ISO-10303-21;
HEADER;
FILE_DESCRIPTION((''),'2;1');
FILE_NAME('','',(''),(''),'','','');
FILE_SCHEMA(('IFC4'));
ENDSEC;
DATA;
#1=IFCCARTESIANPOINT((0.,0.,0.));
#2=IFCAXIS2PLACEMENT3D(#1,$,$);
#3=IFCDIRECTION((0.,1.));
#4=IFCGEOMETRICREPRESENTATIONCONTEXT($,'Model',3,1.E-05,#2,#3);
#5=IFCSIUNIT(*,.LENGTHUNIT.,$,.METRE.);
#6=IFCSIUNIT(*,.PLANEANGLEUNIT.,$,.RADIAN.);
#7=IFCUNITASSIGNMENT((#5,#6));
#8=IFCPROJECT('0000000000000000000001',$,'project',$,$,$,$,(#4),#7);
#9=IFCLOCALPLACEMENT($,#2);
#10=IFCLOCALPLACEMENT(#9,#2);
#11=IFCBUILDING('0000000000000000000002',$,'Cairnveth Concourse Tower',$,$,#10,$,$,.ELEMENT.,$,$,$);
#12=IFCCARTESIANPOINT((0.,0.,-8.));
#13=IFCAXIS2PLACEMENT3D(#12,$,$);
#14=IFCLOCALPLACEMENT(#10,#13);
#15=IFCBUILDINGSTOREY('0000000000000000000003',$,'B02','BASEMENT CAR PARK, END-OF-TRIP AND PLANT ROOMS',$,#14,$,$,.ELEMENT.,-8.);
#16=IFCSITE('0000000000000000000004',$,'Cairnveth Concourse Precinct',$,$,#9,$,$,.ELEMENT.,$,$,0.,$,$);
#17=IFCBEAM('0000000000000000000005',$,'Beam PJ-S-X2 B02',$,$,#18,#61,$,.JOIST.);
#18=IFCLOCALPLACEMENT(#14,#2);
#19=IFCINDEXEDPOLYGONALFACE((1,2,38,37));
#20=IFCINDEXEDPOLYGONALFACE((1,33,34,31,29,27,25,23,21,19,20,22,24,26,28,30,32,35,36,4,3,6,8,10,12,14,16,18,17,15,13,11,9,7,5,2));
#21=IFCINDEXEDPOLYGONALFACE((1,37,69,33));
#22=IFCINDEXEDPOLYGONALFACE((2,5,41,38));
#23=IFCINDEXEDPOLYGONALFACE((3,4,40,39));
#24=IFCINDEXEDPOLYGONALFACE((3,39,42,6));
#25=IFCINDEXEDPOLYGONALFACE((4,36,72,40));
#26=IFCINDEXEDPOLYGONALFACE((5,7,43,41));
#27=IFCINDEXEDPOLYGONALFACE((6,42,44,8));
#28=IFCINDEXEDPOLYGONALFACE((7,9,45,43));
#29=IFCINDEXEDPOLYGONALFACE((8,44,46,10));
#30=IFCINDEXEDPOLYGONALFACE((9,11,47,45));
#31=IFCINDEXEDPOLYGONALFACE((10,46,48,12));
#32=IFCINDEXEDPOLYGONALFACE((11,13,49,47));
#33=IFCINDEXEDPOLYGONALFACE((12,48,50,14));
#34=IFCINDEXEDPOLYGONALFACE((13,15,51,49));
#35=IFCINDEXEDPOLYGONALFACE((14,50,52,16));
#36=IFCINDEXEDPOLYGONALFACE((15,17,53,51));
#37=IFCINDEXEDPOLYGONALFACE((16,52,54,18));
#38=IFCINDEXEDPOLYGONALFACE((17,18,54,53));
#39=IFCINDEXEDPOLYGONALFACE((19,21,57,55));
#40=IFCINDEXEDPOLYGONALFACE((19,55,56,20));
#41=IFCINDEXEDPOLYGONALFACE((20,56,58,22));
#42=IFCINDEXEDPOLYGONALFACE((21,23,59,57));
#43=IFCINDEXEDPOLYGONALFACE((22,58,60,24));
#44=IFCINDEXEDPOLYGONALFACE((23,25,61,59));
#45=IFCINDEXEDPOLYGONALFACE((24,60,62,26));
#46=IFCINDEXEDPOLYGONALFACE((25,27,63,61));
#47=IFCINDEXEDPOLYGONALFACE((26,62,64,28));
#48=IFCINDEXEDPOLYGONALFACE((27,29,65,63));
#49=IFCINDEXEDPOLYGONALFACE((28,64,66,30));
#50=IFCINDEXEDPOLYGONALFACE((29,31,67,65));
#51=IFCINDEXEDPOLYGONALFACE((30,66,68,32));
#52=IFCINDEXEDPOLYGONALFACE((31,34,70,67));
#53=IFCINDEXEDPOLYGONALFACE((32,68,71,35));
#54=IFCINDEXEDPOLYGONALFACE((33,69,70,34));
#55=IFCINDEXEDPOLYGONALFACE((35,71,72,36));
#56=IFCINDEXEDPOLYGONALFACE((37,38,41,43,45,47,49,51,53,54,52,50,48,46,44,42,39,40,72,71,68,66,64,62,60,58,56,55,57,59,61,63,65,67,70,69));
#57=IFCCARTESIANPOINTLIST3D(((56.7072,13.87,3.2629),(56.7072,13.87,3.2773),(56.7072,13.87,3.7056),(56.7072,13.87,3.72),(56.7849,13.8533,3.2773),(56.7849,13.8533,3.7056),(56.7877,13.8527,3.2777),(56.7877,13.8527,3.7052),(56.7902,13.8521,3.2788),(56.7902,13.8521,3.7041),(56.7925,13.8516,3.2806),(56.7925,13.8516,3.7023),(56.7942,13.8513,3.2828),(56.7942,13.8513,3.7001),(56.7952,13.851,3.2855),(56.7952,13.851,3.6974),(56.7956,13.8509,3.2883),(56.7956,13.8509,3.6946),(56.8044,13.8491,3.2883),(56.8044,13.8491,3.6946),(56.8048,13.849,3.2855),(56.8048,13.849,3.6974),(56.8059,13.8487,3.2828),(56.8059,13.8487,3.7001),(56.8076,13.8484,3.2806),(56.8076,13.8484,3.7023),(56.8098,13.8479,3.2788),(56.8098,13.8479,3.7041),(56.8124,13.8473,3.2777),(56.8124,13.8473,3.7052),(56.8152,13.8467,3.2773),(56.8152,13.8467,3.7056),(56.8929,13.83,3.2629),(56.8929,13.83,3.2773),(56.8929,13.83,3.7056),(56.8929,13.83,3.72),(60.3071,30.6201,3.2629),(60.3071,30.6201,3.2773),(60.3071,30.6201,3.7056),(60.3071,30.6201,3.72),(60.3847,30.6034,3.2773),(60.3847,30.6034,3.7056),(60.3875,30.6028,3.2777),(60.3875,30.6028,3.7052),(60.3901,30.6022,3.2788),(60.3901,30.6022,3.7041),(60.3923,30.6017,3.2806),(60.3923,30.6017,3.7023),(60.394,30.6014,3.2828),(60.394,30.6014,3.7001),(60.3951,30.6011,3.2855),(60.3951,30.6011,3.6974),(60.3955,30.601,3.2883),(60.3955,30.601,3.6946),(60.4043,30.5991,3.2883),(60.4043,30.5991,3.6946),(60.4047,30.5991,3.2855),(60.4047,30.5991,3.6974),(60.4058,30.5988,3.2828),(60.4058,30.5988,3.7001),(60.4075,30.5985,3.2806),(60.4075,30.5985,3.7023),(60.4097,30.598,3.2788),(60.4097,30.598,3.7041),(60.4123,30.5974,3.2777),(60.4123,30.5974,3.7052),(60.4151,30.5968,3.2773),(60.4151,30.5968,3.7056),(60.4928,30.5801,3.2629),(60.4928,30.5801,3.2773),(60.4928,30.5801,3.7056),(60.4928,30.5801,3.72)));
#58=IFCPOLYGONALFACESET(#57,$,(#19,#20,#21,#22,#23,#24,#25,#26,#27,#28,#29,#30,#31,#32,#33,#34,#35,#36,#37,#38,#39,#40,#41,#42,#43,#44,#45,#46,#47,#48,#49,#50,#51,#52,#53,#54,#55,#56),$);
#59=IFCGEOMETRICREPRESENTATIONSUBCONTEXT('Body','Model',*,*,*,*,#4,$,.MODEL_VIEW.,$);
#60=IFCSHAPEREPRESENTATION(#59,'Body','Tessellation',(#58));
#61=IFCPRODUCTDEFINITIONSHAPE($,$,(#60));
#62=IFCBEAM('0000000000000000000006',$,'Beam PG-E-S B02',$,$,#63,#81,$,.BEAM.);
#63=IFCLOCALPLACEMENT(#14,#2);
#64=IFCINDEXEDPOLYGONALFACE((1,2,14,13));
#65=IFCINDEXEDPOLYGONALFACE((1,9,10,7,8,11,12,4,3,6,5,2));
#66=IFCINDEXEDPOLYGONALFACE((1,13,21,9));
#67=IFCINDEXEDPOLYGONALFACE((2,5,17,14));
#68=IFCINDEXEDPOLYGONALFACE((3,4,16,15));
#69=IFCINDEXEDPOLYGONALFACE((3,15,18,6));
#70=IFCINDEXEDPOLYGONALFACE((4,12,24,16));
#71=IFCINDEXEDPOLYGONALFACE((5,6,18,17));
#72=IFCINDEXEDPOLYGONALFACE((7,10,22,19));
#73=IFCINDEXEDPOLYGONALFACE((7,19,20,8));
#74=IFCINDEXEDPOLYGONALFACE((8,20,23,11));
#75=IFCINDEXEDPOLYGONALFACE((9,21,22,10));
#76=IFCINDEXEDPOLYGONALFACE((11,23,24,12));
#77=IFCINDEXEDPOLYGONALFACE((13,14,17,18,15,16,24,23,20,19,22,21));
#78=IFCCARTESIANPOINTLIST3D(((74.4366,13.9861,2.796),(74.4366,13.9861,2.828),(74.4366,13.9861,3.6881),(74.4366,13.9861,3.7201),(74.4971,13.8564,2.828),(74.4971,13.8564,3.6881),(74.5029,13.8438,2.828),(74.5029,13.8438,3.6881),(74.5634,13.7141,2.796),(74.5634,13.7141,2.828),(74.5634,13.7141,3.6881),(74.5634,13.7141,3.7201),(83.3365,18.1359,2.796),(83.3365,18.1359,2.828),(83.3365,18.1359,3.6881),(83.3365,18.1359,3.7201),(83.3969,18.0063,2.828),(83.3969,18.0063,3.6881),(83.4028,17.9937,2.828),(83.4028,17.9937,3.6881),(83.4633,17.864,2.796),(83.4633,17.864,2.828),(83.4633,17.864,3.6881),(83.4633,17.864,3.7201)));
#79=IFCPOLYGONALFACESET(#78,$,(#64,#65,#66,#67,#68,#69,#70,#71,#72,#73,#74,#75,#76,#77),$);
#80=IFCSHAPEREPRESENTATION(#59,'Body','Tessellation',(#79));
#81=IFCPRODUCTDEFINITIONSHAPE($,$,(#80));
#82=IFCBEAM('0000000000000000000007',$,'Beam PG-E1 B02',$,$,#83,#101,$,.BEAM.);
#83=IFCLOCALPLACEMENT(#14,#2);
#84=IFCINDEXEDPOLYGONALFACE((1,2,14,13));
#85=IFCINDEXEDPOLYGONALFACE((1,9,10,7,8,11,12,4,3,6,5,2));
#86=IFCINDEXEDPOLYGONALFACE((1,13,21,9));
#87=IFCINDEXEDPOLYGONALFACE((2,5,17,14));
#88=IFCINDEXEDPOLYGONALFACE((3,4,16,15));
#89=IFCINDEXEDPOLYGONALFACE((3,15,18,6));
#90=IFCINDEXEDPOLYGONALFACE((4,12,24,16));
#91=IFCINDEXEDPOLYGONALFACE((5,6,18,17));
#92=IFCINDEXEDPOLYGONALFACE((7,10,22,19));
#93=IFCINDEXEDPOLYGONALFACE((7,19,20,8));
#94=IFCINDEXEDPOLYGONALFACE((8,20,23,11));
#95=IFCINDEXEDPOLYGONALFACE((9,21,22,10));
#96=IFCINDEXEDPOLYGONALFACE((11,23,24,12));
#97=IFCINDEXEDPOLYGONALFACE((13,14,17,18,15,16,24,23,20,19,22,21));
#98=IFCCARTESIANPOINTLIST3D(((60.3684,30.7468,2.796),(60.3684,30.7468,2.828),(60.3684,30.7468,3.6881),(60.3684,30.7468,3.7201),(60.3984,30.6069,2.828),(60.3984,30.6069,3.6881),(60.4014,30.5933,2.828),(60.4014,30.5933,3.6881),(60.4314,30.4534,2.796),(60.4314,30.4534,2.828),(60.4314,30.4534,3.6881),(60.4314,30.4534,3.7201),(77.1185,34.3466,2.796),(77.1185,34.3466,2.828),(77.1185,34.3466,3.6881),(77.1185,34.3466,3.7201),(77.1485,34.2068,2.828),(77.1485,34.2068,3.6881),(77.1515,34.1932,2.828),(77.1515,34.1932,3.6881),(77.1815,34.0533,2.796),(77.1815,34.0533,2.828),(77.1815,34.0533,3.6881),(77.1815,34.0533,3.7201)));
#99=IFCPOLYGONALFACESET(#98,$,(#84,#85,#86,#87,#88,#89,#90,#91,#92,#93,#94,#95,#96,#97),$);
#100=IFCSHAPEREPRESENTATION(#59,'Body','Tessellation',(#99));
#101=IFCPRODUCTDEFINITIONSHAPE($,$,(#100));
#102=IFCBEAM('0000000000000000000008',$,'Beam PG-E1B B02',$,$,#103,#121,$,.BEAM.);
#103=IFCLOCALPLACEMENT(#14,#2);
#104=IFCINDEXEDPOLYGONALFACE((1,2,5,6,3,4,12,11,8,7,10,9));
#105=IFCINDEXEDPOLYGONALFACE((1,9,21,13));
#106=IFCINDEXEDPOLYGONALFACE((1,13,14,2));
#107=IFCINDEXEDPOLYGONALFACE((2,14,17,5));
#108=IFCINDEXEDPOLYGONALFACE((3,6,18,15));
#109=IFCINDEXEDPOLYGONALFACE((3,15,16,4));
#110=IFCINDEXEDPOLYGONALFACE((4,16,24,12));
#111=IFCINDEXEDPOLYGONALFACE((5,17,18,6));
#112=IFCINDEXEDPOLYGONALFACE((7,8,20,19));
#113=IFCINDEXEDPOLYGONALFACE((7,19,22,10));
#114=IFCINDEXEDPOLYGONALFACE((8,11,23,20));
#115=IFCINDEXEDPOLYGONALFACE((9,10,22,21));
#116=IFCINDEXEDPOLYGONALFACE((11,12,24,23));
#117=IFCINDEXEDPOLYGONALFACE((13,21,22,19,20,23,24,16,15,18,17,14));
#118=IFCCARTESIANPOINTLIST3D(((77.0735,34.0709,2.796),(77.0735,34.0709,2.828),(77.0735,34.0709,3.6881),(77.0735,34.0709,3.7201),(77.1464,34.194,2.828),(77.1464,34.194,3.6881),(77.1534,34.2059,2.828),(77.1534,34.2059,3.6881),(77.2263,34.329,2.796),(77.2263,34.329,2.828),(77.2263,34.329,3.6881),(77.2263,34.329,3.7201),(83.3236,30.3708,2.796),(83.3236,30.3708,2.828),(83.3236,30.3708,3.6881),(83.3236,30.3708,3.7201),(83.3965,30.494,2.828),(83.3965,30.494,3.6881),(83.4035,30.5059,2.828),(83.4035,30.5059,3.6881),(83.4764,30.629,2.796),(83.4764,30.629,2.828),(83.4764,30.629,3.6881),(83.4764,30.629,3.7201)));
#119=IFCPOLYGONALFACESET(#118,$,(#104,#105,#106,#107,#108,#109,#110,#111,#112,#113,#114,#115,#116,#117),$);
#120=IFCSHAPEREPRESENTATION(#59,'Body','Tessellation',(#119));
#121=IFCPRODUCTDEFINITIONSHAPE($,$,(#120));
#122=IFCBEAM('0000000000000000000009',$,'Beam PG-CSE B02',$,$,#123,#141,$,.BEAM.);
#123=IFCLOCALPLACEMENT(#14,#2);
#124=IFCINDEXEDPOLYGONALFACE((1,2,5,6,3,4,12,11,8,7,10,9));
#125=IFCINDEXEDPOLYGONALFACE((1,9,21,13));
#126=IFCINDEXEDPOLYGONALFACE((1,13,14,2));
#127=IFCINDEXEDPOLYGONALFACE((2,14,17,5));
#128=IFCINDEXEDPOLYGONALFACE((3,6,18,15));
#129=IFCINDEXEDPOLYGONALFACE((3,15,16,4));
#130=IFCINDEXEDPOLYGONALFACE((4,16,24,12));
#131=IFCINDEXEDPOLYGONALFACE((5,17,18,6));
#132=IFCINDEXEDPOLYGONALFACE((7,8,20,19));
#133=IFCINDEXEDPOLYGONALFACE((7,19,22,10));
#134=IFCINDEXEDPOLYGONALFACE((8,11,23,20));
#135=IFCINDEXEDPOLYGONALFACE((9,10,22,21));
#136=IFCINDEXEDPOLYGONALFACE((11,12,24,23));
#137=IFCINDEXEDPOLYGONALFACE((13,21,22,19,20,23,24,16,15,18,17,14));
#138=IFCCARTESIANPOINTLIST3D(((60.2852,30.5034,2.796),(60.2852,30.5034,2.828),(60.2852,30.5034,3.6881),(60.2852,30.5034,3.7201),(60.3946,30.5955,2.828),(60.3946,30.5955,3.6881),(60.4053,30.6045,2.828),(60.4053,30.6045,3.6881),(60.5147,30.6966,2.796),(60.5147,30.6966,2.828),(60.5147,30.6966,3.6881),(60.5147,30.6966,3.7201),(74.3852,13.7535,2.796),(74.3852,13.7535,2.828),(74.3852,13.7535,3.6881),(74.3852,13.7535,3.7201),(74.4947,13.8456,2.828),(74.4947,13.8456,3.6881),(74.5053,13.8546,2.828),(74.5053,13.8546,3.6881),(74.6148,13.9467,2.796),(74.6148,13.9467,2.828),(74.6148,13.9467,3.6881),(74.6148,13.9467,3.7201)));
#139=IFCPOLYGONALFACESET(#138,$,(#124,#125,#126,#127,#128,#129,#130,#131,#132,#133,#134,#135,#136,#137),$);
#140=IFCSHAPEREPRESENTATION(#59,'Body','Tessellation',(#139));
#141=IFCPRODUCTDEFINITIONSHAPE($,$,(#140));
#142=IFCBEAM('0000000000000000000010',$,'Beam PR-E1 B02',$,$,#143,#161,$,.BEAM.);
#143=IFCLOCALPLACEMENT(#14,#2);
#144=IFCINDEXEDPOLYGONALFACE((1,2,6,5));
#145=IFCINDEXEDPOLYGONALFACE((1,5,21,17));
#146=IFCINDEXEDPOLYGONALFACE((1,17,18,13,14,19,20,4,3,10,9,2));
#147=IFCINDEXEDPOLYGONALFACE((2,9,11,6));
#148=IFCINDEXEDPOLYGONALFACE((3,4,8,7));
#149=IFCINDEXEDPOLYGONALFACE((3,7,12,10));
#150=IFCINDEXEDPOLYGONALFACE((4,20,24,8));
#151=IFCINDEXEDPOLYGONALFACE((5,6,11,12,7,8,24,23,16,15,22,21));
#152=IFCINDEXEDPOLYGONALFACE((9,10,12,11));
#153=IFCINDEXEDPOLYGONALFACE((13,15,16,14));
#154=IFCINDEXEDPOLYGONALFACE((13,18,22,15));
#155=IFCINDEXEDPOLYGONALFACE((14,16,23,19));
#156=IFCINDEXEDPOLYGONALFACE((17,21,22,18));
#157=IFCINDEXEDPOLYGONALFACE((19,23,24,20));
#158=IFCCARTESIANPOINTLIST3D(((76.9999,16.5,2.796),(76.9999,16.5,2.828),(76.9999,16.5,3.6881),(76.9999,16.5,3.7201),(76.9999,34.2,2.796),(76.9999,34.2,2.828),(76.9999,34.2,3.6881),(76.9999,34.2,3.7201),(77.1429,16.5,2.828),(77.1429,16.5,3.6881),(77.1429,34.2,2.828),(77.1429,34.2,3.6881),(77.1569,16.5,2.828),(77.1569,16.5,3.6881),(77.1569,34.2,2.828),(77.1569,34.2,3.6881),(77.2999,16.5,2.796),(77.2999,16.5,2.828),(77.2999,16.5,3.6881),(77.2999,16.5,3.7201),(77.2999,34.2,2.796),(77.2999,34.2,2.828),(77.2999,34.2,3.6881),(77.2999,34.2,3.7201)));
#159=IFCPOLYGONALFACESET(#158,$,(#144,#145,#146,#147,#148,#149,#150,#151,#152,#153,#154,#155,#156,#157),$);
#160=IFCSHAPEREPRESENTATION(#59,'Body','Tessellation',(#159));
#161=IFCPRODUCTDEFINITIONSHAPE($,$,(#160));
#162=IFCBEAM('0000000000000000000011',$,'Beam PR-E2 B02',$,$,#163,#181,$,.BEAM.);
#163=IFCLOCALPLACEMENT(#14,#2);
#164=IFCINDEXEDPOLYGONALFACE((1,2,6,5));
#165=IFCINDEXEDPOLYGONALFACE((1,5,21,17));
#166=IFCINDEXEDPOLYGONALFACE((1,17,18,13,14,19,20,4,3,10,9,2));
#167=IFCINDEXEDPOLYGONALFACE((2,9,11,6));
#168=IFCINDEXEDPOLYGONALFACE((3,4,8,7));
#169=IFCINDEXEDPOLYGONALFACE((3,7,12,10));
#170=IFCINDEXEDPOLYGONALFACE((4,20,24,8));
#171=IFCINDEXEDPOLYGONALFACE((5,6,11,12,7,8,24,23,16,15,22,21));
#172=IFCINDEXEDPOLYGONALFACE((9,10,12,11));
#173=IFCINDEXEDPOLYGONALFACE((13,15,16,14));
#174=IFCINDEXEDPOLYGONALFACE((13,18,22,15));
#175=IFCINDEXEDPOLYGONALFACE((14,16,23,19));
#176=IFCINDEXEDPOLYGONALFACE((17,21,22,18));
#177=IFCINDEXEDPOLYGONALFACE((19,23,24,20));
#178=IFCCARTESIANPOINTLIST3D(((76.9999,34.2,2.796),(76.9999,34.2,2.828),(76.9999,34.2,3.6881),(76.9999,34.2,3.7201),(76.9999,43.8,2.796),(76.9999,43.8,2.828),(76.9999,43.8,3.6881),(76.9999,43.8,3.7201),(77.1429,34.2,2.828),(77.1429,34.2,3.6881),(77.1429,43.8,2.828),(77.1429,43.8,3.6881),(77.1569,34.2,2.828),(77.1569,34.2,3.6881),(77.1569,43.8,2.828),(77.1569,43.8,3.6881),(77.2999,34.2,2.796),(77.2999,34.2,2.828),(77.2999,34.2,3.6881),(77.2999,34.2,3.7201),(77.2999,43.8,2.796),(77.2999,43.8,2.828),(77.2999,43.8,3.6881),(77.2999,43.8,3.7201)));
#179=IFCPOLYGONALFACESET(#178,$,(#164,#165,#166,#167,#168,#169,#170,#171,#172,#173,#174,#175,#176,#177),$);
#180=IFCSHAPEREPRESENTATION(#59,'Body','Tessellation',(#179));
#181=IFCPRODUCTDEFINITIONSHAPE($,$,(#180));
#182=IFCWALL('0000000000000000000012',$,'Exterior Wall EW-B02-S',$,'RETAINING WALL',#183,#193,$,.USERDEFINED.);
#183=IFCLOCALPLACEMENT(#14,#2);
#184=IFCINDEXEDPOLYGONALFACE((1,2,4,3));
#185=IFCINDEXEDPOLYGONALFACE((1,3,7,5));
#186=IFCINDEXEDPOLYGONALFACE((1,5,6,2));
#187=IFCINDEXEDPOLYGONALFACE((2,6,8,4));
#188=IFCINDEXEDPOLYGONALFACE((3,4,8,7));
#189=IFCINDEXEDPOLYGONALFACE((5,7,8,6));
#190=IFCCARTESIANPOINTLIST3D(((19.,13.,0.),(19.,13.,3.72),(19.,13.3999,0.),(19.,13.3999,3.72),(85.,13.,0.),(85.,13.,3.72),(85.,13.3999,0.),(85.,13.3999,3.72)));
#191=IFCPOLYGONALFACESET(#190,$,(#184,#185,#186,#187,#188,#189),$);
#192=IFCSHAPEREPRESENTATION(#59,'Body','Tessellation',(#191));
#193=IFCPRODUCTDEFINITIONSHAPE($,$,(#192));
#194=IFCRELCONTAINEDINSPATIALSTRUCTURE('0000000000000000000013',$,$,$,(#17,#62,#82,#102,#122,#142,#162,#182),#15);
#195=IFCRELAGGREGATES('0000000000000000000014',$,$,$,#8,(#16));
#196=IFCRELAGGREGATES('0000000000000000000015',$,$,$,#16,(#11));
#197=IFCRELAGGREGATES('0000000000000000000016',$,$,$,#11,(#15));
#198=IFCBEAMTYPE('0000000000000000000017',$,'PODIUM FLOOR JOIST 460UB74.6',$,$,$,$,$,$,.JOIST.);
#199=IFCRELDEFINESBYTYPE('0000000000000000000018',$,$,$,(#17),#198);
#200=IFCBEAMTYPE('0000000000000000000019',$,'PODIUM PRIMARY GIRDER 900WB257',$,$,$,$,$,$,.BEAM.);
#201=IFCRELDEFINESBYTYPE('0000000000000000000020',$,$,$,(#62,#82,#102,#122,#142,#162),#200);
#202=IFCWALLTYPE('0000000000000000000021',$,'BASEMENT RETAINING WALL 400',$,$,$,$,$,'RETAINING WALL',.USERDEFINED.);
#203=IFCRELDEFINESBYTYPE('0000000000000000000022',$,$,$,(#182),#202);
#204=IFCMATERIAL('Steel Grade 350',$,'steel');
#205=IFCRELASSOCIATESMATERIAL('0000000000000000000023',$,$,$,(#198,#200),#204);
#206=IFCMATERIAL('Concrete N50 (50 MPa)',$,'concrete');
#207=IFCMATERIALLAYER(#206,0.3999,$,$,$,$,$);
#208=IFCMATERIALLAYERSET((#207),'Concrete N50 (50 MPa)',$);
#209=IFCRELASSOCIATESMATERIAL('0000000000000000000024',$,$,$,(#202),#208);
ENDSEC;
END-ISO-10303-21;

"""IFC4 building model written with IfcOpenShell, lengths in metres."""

from ifc_helpers import new_model, si_unit, direction, frame, frame_2d, origin, origin_2d, place, context, subcontext, project, spatial, rectangle, i_section, extrude, material, layer, layer_set, material_profile, profile_set, type_object, element, save


model = new_model("IFC4")

# Units and contexts
model_context = context("Model", 3, precision=1e-05, world=origin(), true_north=direction((0.0, 1.0)))
body_context = subcontext(model_context, "Body", "Model", "MODEL_VIEW")
ifc_project = project(units=[si_unit("LENGTHUNIT", "METRE"), si_unit("PLANEANGLEUNIT", "RADIAN")], contexts=[model_context])

# Site, building, storey
site_placement = place(None, origin())
site = spatial("IfcSite", under=ifc_project, at=site_placement, Name="Cairnveth Concourse Precinct", CompositionType="ELEMENT", RefElevation=0.0)
building_placement = place(site_placement, origin())
building = spatial("IfcBuilding", under=site, at=building_placement, Name="Cairnveth Concourse Tower", CompositionType="ELEMENT")
storey_placement = place(building_placement, frame((0.0, 0.0, -8.0)))
storey = spatial("IfcBuildingStorey", under=building, at=storey_placement, Name="B02", Description="BASEMENT CAR PARK, END-OF-TRIP AND PLANT ROOMS", CompositionType="ELEMENT", Elevation=-8.0)

# Shared definitions
ifc_material_1 = material(Name="Concrete N50 (50 MPa)", Category="concrete")

# Beams
ifc_material_2 = material(Name="Steel Grade 350", Category="steel")
ifc_material_profile_1 = material_profile(ifc_material_2, i_section(OverallWidth=0.1899, OverallDepth=0.457, WebThickness=0.009, FlangeThickness=0.0144, FilletRadius=0.011, at=origin_2d()), Name="460UB74.6")
ifc_profile_set_1 = profile_set([ifc_material_profile_1], Name="Steel Grade 350")
beam_type_1 = type_object("IfcBeamType", Name="PODIUM FLOOR JOIST 460UB74.6", PredefinedType="JOIST", material=ifc_profile_set_1)
beam_1_placement = place(storey_placement, frame((60.3999, 30.6001, 3.4915), z_axis=(-0.210119, -0.977676, 0.0), x_axis=(0.977676, -0.210119, 0.0)))
element("IfcBeam", 1, at=beam_1_placement, inside=storey, type_object=beam_type_1, Name="Beam PJ-S-X2 B02", PredefinedType="JOIST", context=body_context, shape_type="SweptSolid", body=[
    extrude(i_section(OverallWidth=0.1899, OverallDepth=0.457, WebThickness=0.009, FlangeThickness=0.0144, FilletRadius=0.011, at=origin_2d()), origin(), (0.0, 0.0, 1.0), 17.1326),
])
ifc_material_profile_2 = material_profile(ifc_material_2, i_section(OverallWidth=0.3, OverallDepth=0.9241, WebThickness=0.0139, FlangeThickness=0.032, at=origin_2d()), Name="900WB257")
ifc_profile_set_2 = profile_set([ifc_material_profile_2], Name="Steel Grade 350")
beam_type_2 = type_object("IfcBeamType", Name="PODIUM PRIMARY GIRDER 900WB257", PredefinedType="BEAM", material=ifc_profile_set_2)
beam_2_placement = place(storey_placement, frame((74.5, 13.8501, 3.2581), z_axis=(0.906315, 0.422602, 0.0), x_axis=(-0.422602, 0.906315, 0.0)))
element("IfcBeam", 2, at=beam_2_placement, inside=storey, type_object=beam_type_2, Name="Beam PG-E-S B02", PredefinedType="BEAM", context=body_context, shape_type="SweptSolid", body=[
    extrude(i_section(OverallWidth=0.3, OverallDepth=0.9241, WebThickness=0.0139, FlangeThickness=0.032, at=origin_2d()), origin(), (0.0, 0.0, 1.0), 9.8198),
])
beam_3_placement = place(storey_placement, frame((60.3999, 30.6001, 3.2581), z_axis=(0.977676, 0.210119, 0.0), x_axis=(-0.210119, 0.977676, 0.0)))
element("IfcBeam", 3, at=beam_3_placement, inside=storey, type_object=beam_type_2, Name="Beam PG-E1 B02", PredefinedType="BEAM", context=body_context, shape_type="SweptSolid", body=[
    extrude(i_section(OverallWidth=0.3, OverallDepth=0.9241, WebThickness=0.0139, FlangeThickness=0.032, at=origin_2d()), origin(), (0.0, 0.0, 1.0), 17.1326),
])
beam_4_placement = place(storey_placement, frame((77.1499, 34.2, 3.2581), z_axis=(0.860518, -0.50942, 0.0), x_axis=(0.50942, 0.860518, 0.0)))
element("IfcBeam", 4, at=beam_4_placement, inside=storey, type_object=beam_type_2, Name="Beam PG-E1B B02", PredefinedType="BEAM", context=body_context, shape_type="SweptSolid", body=[
    extrude(i_section(OverallWidth=0.3, OverallDepth=0.9241, WebThickness=0.0139, FlangeThickness=0.032, at=origin_2d()), origin(), (0.0, 0.0, 1.0), 7.2632),
])
beam_5_placement = place(storey_placement, frame((74.5, 13.8501, 3.2581), z_axis=(-0.643998, 0.765027, 0.0), x_axis=(-0.765027, -0.643998, 0.0)))
element("IfcBeam", 5, at=beam_5_placement, inside=storey, type_object=beam_type_2, Name="Beam PG-CSE B02", PredefinedType="BEAM", context=body_context, shape_type="SweptSolid", body=[
    extrude(i_section(OverallWidth=0.3, OverallDepth=0.9241, WebThickness=0.0139, FlangeThickness=0.032, at=origin_2d()), origin(), (0.0, 0.0, 1.0), 21.8945),
])
beam_6_placement = place(storey_placement, frame((77.1499, 16.5, 3.2581), z_axis=(0.0, 1.0, 0.0), x_axis=(-1.0, 0.0, 0.0)))
element("IfcBeam", 6, at=beam_6_placement, inside=storey, type_object=beam_type_2, Name="Beam PR-E1 B02", PredefinedType="BEAM", context=body_context, shape_type="SweptSolid", body=[
    extrude(i_section(OverallWidth=0.3, OverallDepth=0.9241, WebThickness=0.0139, FlangeThickness=0.032, at=origin_2d()), origin(), (0.0, 0.0, 1.0), 17.7),
])
beam_7_placement = place(storey_placement, frame((77.1499, 34.2, 3.2581), z_axis=(0.0, 1.0, 0.0), x_axis=(-1.0, 0.0, 0.0)))
element("IfcBeam", 7, at=beam_7_placement, inside=storey, type_object=beam_type_2, Name="Beam PR-E2 B02", PredefinedType="BEAM", context=body_context, shape_type="SweptSolid", body=[
    extrude(i_section(OverallWidth=0.3, OverallDepth=0.9241, WebThickness=0.0139, FlangeThickness=0.032, at=origin_2d()), origin(), (0.0, 0.0, 1.0), 9.6001),
])

# Wall
ifc_layer_1 = layer(ifc_material_1, 0.3999)
ifc_layer_set_1 = layer_set([ifc_layer_1], Name="Concrete N50 (50 MPa)")
wall_type_1 = type_object("IfcWallType", Name="BASEMENT RETAINING WALL 400", ElementType="RETAINING WALL", PredefinedType="USERDEFINED", material=ifc_layer_set_1)
wall_1_placement = place(storey_placement, frame((85.0, 13.2, 0.0), z_axis=(0.0, 0.0, 1.0), x_axis=(-1.0, 0.0, 0.0)))
element("IfcWall", 8, at=wall_1_placement, inside=storey, type_object=wall_type_1, Name="Exterior Wall EW-B02-S", ObjectType="RETAINING WALL", PredefinedType="USERDEFINED", context=body_context, shape_type="SweptSolid", body=[
    extrude(rectangle(XDim=66.0, YDim=0.3999, at=frame_2d((33.0, 0.0))), origin(), (0.0, 0.0, 1.0), 3.72),
])

save(model, "model.ifc")
